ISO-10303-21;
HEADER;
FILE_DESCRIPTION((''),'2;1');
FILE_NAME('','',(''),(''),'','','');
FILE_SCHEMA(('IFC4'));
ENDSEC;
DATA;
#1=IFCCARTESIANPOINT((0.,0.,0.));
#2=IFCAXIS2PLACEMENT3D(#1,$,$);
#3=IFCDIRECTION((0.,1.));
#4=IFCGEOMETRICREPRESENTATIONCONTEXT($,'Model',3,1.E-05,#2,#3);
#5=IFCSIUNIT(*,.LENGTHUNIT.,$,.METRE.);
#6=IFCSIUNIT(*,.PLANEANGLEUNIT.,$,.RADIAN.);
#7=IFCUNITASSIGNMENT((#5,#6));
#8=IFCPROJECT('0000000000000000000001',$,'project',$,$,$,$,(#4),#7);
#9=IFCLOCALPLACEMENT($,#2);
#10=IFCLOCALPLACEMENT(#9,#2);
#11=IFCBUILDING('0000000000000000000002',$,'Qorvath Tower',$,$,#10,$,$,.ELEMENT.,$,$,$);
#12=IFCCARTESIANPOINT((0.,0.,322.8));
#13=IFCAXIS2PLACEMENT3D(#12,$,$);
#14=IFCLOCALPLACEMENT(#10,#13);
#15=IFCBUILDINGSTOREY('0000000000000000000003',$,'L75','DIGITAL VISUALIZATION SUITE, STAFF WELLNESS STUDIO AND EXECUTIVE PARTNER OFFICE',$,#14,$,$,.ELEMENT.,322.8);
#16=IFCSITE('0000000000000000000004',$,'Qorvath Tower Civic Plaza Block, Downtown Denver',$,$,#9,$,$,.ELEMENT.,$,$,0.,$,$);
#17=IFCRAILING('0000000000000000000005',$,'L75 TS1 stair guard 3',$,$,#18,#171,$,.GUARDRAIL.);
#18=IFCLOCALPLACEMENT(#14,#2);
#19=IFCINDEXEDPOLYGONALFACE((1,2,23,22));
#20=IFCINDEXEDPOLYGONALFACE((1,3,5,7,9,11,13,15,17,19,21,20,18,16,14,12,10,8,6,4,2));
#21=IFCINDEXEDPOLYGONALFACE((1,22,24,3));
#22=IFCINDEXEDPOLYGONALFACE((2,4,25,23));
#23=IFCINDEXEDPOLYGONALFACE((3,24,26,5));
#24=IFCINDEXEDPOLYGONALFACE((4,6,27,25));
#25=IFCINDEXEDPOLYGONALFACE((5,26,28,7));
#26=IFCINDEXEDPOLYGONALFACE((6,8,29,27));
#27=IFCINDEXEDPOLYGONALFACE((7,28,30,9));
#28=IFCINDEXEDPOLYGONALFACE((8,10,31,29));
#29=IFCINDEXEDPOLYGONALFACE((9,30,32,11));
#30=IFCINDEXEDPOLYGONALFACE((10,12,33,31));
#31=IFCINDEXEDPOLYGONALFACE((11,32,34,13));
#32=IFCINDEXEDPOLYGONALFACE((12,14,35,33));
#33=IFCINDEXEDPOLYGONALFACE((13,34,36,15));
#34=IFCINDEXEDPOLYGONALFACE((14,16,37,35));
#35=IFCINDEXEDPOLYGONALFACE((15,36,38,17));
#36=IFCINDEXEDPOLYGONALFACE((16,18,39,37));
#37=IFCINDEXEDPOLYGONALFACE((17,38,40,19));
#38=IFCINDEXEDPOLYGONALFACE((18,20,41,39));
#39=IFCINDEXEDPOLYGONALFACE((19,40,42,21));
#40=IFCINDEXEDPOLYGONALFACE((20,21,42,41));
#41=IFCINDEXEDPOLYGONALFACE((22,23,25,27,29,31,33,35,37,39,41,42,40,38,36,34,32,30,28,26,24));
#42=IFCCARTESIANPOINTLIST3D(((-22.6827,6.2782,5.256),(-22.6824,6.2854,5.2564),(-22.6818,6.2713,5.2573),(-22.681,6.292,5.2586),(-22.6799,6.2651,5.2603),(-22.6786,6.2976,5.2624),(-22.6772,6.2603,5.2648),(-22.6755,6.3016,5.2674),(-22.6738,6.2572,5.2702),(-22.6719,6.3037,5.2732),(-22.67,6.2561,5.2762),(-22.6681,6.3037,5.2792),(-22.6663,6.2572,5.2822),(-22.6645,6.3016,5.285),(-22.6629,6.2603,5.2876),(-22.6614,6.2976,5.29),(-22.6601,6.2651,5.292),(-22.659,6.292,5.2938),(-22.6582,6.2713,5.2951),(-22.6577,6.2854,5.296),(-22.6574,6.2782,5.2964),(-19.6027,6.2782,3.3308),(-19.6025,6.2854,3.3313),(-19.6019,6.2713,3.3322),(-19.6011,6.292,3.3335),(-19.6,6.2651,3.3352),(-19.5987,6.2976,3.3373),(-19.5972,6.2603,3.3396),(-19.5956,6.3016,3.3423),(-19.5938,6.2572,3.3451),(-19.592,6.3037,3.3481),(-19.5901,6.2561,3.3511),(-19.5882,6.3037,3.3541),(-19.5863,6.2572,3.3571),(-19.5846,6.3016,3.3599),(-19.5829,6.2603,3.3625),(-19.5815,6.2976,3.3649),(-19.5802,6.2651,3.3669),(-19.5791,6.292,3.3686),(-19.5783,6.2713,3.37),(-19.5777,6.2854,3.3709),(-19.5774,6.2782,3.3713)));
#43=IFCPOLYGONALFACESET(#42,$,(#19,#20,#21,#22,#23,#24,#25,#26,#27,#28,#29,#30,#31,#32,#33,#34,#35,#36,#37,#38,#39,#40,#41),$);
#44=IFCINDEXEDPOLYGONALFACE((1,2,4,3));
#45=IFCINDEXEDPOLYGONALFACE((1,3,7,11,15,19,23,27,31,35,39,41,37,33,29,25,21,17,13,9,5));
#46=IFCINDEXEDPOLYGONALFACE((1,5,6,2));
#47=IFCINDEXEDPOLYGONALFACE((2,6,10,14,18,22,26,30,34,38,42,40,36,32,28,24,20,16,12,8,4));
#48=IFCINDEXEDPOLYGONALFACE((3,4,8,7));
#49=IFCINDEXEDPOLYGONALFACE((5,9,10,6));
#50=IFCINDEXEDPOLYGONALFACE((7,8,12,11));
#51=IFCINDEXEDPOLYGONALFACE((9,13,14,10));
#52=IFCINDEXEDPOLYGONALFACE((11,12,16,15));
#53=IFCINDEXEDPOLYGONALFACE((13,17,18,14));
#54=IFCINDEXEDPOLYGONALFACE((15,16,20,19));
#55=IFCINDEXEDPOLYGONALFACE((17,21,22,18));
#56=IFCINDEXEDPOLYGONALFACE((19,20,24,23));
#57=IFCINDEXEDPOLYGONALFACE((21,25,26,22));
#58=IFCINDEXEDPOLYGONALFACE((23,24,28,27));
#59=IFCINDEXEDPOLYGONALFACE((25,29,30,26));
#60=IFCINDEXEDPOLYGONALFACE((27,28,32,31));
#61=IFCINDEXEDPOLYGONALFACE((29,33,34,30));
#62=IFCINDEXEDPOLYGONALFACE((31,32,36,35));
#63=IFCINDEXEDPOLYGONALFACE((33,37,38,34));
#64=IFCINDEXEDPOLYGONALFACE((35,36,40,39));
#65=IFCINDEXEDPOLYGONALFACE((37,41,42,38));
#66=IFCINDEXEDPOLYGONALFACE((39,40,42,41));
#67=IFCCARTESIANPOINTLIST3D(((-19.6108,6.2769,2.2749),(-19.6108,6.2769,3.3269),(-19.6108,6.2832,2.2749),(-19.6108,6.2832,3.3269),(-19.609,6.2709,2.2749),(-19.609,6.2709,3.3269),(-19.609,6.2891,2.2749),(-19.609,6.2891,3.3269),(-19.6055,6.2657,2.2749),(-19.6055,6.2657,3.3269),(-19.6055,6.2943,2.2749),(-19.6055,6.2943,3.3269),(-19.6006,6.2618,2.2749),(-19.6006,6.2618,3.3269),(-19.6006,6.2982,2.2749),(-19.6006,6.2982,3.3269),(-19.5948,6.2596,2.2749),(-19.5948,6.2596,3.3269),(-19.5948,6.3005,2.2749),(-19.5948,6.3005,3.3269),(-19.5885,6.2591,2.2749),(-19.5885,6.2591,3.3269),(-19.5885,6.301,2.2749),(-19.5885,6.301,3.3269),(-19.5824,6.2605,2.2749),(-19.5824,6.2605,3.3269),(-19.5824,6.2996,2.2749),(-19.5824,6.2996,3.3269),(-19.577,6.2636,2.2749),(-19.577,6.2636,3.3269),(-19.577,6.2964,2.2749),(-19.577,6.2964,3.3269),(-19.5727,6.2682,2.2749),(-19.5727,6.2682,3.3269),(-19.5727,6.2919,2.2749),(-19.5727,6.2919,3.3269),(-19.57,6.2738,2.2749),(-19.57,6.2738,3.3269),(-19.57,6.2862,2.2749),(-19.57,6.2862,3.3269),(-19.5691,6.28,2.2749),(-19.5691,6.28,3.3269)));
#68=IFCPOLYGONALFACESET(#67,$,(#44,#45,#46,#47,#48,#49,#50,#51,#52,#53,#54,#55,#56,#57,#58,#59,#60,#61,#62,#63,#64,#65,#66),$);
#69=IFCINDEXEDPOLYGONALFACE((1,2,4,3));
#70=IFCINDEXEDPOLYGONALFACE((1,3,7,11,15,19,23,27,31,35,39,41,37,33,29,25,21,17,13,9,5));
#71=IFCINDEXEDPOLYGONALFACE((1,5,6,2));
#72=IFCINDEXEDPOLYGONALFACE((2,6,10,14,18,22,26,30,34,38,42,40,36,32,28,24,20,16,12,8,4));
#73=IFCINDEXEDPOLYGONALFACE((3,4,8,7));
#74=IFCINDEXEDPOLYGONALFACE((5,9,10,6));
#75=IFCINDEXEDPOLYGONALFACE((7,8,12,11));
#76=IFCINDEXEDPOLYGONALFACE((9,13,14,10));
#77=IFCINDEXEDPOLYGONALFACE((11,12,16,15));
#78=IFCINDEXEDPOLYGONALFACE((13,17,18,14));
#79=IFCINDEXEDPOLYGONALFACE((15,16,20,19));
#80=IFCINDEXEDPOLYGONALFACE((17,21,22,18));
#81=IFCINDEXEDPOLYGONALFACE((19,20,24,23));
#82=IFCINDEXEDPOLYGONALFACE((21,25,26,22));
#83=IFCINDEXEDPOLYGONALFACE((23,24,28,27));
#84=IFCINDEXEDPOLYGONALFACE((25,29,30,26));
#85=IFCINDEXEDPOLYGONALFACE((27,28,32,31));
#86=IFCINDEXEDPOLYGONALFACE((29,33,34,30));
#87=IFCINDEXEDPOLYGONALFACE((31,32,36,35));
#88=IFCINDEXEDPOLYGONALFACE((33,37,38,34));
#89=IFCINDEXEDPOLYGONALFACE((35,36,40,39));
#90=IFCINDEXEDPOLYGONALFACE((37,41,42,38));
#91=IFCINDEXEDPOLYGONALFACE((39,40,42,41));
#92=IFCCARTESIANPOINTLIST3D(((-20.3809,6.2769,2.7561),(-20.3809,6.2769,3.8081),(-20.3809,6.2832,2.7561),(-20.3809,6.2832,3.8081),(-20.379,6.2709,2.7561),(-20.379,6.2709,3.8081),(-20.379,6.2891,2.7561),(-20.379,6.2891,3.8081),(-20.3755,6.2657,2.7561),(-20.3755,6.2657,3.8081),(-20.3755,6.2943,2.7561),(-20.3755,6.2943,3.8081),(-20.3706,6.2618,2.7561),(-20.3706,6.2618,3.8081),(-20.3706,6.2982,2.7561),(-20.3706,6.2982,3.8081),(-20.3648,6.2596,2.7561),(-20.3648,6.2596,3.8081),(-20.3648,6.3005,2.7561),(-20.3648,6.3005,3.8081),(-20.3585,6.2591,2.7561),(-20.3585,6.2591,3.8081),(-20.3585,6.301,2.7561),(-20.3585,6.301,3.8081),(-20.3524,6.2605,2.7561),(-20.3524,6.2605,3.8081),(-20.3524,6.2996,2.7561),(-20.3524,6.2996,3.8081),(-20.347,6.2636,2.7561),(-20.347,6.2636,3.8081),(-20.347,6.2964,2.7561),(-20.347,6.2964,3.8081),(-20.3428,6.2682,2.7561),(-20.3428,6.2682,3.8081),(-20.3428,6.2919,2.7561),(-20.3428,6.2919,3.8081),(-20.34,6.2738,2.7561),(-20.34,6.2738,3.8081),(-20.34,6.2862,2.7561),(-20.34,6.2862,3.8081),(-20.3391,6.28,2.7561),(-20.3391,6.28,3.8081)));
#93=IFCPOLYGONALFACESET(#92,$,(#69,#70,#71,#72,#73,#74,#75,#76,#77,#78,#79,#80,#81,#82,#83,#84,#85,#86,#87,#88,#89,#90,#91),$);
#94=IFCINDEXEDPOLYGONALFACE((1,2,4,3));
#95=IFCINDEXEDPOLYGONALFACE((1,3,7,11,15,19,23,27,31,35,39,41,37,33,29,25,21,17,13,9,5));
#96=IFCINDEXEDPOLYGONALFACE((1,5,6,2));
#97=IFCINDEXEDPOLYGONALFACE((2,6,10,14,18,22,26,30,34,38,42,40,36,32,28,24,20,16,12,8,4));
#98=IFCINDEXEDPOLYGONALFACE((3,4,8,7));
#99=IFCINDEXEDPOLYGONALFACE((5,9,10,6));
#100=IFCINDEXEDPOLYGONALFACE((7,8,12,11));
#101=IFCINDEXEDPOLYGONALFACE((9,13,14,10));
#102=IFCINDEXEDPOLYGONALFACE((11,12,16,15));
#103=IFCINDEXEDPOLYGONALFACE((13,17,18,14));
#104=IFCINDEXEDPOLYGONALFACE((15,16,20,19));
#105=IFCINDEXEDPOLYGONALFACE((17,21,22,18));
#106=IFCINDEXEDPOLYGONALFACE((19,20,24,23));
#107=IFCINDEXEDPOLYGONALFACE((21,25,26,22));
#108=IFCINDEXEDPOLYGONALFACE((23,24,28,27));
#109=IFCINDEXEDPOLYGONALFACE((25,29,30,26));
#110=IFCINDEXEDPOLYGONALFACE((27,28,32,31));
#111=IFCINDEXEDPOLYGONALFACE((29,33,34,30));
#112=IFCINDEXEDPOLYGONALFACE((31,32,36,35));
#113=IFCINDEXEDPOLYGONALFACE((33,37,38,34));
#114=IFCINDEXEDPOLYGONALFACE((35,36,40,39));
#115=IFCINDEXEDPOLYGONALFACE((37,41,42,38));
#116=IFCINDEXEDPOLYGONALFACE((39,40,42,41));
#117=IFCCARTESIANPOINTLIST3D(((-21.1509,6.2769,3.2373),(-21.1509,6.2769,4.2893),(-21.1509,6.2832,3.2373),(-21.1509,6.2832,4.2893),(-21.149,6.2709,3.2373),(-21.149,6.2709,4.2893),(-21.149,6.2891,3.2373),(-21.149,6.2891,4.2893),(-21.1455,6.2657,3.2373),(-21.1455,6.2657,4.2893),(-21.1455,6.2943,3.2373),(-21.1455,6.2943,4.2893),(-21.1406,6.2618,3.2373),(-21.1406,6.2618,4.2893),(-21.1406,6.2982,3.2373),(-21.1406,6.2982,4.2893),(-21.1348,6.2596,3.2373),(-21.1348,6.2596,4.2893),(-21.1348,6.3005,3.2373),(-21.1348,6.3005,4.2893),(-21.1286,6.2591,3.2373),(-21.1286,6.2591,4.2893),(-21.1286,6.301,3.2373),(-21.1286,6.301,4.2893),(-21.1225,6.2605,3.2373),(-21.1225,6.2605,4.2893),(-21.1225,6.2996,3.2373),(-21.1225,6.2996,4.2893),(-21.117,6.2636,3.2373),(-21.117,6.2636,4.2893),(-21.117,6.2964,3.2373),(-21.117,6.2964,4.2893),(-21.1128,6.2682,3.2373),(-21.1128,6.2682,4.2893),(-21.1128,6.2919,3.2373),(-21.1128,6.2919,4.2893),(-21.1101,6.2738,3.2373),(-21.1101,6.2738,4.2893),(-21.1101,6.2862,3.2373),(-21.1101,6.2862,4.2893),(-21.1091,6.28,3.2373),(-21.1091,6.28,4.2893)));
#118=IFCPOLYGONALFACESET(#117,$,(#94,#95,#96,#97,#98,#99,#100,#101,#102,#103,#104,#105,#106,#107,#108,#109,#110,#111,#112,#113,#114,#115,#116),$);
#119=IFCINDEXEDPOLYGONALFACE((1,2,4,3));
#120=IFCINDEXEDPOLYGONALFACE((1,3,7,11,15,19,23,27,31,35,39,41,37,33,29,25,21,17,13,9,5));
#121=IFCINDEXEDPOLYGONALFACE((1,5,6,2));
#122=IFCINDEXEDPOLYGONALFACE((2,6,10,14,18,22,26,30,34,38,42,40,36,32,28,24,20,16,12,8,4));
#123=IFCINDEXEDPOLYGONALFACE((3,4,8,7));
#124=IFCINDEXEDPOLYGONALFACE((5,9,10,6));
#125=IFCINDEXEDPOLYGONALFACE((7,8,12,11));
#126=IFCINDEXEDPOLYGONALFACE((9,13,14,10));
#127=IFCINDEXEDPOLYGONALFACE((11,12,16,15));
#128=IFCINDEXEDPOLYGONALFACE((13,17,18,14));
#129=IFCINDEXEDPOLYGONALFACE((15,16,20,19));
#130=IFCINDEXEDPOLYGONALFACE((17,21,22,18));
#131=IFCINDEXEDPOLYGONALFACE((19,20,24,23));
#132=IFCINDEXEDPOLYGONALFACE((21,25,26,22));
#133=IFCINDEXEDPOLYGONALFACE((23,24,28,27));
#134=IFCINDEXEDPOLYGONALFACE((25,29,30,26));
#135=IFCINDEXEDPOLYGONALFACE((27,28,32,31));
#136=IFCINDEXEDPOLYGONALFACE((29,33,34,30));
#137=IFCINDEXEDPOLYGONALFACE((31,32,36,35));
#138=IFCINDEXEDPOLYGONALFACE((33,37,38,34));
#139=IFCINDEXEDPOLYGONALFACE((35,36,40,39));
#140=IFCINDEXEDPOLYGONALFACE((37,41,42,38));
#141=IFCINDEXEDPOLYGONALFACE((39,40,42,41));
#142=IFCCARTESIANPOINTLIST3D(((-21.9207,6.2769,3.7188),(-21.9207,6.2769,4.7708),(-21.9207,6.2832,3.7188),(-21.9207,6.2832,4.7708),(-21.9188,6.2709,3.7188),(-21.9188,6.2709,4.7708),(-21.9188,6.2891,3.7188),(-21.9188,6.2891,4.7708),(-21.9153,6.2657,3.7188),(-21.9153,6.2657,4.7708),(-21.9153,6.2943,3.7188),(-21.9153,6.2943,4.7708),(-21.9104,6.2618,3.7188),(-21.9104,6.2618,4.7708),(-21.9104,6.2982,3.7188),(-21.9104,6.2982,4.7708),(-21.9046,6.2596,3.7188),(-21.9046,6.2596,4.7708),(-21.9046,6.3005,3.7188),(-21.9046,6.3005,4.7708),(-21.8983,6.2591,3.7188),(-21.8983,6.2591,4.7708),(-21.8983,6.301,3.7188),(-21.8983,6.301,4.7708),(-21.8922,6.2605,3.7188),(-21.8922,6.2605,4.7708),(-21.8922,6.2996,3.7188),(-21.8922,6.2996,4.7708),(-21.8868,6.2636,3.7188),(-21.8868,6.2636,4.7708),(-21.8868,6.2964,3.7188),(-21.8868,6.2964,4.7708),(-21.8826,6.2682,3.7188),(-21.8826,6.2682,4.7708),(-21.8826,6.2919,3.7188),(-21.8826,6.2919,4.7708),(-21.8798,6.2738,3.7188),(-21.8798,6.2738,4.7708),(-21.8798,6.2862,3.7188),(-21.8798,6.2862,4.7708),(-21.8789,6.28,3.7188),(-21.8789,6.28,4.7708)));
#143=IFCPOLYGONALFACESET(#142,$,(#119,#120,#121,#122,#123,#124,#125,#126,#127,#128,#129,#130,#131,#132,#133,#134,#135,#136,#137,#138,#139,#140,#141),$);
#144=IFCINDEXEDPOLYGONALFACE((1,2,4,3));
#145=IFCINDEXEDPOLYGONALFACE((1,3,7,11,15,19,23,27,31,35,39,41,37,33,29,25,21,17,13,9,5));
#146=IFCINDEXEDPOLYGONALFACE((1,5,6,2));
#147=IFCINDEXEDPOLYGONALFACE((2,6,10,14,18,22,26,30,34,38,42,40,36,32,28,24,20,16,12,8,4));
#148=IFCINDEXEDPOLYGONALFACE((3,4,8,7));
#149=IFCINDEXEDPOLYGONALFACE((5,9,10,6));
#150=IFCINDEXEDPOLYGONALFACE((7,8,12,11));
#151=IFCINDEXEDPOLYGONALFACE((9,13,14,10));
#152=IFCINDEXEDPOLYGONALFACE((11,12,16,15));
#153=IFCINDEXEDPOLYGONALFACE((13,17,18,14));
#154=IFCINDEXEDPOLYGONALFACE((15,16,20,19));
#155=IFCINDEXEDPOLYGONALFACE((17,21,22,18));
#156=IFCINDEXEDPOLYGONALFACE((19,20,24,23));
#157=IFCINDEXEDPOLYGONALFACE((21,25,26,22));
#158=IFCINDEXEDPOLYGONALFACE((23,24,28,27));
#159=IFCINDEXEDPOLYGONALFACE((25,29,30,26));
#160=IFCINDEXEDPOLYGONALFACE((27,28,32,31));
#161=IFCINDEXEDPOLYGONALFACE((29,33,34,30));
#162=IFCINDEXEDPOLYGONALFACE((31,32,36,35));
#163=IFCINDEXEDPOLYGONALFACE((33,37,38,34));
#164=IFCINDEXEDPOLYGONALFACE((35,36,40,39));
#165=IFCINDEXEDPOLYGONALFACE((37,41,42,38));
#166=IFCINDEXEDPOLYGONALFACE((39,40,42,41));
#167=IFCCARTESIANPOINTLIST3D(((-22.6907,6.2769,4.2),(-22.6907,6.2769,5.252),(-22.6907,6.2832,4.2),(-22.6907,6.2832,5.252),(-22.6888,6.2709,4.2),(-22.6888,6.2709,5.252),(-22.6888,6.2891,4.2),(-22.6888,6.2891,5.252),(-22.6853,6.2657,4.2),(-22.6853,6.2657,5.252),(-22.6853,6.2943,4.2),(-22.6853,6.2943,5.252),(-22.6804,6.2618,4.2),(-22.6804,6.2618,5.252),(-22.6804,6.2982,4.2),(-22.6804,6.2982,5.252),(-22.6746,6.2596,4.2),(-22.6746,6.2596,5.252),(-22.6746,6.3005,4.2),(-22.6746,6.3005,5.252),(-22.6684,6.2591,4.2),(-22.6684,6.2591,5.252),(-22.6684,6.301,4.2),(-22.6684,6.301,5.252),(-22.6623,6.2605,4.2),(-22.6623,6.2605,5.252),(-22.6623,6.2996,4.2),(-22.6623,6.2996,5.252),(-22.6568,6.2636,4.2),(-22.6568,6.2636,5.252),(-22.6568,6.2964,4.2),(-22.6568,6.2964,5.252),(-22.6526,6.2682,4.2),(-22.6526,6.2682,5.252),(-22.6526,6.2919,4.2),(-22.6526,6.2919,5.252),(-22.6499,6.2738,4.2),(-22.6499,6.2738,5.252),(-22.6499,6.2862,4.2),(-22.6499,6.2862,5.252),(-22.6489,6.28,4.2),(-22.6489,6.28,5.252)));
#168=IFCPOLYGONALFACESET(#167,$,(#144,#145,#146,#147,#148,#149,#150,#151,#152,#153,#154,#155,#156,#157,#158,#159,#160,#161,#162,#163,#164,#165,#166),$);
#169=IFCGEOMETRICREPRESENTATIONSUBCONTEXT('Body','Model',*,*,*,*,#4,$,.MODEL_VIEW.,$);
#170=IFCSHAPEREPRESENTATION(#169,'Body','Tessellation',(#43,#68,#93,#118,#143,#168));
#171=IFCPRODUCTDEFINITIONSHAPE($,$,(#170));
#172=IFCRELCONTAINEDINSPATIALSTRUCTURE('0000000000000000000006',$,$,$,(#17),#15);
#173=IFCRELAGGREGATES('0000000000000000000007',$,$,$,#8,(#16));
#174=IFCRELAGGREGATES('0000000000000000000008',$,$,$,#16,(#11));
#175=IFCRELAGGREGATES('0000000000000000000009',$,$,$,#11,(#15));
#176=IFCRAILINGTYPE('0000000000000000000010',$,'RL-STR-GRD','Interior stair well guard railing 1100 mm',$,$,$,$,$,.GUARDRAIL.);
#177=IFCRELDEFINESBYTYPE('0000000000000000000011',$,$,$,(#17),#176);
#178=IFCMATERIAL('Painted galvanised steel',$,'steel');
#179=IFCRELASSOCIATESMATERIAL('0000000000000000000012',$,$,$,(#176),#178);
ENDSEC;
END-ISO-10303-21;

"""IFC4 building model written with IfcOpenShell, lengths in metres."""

from ifc_helpers import new_model, si_unit, direction, frame, origin, origin_2d, place, context, subcontext, project, spatial, circle, extrude, material, type_object, element, save


model = new_model("IFC4")

# Units and contexts
model_context = context("Model", 3, precision=1e-05, world=origin(), true_north=direction((0.0, 1.0)))
body_context = subcontext(model_context, "Body", "Model", "MODEL_VIEW")
ifc_project = project(units=[si_unit("LENGTHUNIT", "METRE"), si_unit("PLANEANGLEUNIT", "RADIAN")], contexts=[model_context])

# Site, building, storey
site_placement = place(None, origin())
site = spatial("IfcSite", under=ifc_project, at=site_placement, Name="Qorvath Tower Civic Plaza Block, Downtown Denver", CompositionType="ELEMENT", RefElevation=0.0)
building_placement = place(site_placement, origin())
building = spatial("IfcBuilding", under=site, at=building_placement, Name="Qorvath Tower", CompositionType="ELEMENT")
storey_placement = place(building_placement, frame((0.0, 0.0, 322.8)))
storey = spatial("IfcBuildingStorey", under=building, at=storey_placement, Name="L75", Description="DIGITAL VISUALIZATION SUITE, STAFF WELLNESS STUDIO AND EXECUTIVE PARTNER OFFICE", CompositionType="ELEMENT", Elevation=322.8)

# Railing
ifc_material_1 = material(Name="Painted galvanised steel", Category="steel")
railing_type_1 = type_object("IfcRailingType", Name="RL-STR-GRD", Description="Interior stair well guard railing 1100 mm", PredefinedType="GUARDRAIL", material=ifc_material_1)
railing_1_placement = place(storey_placement, frame((-19.5901, 6.28, 2.2749)))
element("IfcRailing", 1, at=railing_1_placement, inside=storey, type_object=railing_type_1, Name="L75 TS1 stair guard 3", PredefinedType="GUARDRAIL", context=body_context, shape_type="SweptSolid", body=[
    extrude(circle(Radius=0.0239, at=origin_2d()), frame((0.0, 0.0, 1.0762), z_axis=(-0.847979, 0.0, 0.530029), x_axis=(0.0, -1.0, 0.0)), (0.0, 0.0, 1.0), 3.6321),
    extrude(circle(Radius=0.021, at=origin_2d()), origin(), (0.0, 0.0, 1.0), 1.052),
    extrude(circle(Radius=0.021, at=origin_2d()), frame((-0.77, 0.0, 0.4812)), (0.0, 0.0, 1.0), 1.052),
    extrude(circle(Radius=0.021, at=origin_2d()), frame((-1.54, 0.0, 0.9624)), (0.0, 0.0, 1.0), 1.052),
    extrude(circle(Radius=0.021, at=origin_2d()), frame((-2.3098, 0.0, 1.4438)), (0.0, 0.0, 1.0), 1.052),
    extrude(circle(Radius=0.021, at=origin_2d()), frame((-3.0798, 0.0, 1.925)), (0.0, 0.0, 1.0), 1.052),
])

save(model, "model.ifc")
